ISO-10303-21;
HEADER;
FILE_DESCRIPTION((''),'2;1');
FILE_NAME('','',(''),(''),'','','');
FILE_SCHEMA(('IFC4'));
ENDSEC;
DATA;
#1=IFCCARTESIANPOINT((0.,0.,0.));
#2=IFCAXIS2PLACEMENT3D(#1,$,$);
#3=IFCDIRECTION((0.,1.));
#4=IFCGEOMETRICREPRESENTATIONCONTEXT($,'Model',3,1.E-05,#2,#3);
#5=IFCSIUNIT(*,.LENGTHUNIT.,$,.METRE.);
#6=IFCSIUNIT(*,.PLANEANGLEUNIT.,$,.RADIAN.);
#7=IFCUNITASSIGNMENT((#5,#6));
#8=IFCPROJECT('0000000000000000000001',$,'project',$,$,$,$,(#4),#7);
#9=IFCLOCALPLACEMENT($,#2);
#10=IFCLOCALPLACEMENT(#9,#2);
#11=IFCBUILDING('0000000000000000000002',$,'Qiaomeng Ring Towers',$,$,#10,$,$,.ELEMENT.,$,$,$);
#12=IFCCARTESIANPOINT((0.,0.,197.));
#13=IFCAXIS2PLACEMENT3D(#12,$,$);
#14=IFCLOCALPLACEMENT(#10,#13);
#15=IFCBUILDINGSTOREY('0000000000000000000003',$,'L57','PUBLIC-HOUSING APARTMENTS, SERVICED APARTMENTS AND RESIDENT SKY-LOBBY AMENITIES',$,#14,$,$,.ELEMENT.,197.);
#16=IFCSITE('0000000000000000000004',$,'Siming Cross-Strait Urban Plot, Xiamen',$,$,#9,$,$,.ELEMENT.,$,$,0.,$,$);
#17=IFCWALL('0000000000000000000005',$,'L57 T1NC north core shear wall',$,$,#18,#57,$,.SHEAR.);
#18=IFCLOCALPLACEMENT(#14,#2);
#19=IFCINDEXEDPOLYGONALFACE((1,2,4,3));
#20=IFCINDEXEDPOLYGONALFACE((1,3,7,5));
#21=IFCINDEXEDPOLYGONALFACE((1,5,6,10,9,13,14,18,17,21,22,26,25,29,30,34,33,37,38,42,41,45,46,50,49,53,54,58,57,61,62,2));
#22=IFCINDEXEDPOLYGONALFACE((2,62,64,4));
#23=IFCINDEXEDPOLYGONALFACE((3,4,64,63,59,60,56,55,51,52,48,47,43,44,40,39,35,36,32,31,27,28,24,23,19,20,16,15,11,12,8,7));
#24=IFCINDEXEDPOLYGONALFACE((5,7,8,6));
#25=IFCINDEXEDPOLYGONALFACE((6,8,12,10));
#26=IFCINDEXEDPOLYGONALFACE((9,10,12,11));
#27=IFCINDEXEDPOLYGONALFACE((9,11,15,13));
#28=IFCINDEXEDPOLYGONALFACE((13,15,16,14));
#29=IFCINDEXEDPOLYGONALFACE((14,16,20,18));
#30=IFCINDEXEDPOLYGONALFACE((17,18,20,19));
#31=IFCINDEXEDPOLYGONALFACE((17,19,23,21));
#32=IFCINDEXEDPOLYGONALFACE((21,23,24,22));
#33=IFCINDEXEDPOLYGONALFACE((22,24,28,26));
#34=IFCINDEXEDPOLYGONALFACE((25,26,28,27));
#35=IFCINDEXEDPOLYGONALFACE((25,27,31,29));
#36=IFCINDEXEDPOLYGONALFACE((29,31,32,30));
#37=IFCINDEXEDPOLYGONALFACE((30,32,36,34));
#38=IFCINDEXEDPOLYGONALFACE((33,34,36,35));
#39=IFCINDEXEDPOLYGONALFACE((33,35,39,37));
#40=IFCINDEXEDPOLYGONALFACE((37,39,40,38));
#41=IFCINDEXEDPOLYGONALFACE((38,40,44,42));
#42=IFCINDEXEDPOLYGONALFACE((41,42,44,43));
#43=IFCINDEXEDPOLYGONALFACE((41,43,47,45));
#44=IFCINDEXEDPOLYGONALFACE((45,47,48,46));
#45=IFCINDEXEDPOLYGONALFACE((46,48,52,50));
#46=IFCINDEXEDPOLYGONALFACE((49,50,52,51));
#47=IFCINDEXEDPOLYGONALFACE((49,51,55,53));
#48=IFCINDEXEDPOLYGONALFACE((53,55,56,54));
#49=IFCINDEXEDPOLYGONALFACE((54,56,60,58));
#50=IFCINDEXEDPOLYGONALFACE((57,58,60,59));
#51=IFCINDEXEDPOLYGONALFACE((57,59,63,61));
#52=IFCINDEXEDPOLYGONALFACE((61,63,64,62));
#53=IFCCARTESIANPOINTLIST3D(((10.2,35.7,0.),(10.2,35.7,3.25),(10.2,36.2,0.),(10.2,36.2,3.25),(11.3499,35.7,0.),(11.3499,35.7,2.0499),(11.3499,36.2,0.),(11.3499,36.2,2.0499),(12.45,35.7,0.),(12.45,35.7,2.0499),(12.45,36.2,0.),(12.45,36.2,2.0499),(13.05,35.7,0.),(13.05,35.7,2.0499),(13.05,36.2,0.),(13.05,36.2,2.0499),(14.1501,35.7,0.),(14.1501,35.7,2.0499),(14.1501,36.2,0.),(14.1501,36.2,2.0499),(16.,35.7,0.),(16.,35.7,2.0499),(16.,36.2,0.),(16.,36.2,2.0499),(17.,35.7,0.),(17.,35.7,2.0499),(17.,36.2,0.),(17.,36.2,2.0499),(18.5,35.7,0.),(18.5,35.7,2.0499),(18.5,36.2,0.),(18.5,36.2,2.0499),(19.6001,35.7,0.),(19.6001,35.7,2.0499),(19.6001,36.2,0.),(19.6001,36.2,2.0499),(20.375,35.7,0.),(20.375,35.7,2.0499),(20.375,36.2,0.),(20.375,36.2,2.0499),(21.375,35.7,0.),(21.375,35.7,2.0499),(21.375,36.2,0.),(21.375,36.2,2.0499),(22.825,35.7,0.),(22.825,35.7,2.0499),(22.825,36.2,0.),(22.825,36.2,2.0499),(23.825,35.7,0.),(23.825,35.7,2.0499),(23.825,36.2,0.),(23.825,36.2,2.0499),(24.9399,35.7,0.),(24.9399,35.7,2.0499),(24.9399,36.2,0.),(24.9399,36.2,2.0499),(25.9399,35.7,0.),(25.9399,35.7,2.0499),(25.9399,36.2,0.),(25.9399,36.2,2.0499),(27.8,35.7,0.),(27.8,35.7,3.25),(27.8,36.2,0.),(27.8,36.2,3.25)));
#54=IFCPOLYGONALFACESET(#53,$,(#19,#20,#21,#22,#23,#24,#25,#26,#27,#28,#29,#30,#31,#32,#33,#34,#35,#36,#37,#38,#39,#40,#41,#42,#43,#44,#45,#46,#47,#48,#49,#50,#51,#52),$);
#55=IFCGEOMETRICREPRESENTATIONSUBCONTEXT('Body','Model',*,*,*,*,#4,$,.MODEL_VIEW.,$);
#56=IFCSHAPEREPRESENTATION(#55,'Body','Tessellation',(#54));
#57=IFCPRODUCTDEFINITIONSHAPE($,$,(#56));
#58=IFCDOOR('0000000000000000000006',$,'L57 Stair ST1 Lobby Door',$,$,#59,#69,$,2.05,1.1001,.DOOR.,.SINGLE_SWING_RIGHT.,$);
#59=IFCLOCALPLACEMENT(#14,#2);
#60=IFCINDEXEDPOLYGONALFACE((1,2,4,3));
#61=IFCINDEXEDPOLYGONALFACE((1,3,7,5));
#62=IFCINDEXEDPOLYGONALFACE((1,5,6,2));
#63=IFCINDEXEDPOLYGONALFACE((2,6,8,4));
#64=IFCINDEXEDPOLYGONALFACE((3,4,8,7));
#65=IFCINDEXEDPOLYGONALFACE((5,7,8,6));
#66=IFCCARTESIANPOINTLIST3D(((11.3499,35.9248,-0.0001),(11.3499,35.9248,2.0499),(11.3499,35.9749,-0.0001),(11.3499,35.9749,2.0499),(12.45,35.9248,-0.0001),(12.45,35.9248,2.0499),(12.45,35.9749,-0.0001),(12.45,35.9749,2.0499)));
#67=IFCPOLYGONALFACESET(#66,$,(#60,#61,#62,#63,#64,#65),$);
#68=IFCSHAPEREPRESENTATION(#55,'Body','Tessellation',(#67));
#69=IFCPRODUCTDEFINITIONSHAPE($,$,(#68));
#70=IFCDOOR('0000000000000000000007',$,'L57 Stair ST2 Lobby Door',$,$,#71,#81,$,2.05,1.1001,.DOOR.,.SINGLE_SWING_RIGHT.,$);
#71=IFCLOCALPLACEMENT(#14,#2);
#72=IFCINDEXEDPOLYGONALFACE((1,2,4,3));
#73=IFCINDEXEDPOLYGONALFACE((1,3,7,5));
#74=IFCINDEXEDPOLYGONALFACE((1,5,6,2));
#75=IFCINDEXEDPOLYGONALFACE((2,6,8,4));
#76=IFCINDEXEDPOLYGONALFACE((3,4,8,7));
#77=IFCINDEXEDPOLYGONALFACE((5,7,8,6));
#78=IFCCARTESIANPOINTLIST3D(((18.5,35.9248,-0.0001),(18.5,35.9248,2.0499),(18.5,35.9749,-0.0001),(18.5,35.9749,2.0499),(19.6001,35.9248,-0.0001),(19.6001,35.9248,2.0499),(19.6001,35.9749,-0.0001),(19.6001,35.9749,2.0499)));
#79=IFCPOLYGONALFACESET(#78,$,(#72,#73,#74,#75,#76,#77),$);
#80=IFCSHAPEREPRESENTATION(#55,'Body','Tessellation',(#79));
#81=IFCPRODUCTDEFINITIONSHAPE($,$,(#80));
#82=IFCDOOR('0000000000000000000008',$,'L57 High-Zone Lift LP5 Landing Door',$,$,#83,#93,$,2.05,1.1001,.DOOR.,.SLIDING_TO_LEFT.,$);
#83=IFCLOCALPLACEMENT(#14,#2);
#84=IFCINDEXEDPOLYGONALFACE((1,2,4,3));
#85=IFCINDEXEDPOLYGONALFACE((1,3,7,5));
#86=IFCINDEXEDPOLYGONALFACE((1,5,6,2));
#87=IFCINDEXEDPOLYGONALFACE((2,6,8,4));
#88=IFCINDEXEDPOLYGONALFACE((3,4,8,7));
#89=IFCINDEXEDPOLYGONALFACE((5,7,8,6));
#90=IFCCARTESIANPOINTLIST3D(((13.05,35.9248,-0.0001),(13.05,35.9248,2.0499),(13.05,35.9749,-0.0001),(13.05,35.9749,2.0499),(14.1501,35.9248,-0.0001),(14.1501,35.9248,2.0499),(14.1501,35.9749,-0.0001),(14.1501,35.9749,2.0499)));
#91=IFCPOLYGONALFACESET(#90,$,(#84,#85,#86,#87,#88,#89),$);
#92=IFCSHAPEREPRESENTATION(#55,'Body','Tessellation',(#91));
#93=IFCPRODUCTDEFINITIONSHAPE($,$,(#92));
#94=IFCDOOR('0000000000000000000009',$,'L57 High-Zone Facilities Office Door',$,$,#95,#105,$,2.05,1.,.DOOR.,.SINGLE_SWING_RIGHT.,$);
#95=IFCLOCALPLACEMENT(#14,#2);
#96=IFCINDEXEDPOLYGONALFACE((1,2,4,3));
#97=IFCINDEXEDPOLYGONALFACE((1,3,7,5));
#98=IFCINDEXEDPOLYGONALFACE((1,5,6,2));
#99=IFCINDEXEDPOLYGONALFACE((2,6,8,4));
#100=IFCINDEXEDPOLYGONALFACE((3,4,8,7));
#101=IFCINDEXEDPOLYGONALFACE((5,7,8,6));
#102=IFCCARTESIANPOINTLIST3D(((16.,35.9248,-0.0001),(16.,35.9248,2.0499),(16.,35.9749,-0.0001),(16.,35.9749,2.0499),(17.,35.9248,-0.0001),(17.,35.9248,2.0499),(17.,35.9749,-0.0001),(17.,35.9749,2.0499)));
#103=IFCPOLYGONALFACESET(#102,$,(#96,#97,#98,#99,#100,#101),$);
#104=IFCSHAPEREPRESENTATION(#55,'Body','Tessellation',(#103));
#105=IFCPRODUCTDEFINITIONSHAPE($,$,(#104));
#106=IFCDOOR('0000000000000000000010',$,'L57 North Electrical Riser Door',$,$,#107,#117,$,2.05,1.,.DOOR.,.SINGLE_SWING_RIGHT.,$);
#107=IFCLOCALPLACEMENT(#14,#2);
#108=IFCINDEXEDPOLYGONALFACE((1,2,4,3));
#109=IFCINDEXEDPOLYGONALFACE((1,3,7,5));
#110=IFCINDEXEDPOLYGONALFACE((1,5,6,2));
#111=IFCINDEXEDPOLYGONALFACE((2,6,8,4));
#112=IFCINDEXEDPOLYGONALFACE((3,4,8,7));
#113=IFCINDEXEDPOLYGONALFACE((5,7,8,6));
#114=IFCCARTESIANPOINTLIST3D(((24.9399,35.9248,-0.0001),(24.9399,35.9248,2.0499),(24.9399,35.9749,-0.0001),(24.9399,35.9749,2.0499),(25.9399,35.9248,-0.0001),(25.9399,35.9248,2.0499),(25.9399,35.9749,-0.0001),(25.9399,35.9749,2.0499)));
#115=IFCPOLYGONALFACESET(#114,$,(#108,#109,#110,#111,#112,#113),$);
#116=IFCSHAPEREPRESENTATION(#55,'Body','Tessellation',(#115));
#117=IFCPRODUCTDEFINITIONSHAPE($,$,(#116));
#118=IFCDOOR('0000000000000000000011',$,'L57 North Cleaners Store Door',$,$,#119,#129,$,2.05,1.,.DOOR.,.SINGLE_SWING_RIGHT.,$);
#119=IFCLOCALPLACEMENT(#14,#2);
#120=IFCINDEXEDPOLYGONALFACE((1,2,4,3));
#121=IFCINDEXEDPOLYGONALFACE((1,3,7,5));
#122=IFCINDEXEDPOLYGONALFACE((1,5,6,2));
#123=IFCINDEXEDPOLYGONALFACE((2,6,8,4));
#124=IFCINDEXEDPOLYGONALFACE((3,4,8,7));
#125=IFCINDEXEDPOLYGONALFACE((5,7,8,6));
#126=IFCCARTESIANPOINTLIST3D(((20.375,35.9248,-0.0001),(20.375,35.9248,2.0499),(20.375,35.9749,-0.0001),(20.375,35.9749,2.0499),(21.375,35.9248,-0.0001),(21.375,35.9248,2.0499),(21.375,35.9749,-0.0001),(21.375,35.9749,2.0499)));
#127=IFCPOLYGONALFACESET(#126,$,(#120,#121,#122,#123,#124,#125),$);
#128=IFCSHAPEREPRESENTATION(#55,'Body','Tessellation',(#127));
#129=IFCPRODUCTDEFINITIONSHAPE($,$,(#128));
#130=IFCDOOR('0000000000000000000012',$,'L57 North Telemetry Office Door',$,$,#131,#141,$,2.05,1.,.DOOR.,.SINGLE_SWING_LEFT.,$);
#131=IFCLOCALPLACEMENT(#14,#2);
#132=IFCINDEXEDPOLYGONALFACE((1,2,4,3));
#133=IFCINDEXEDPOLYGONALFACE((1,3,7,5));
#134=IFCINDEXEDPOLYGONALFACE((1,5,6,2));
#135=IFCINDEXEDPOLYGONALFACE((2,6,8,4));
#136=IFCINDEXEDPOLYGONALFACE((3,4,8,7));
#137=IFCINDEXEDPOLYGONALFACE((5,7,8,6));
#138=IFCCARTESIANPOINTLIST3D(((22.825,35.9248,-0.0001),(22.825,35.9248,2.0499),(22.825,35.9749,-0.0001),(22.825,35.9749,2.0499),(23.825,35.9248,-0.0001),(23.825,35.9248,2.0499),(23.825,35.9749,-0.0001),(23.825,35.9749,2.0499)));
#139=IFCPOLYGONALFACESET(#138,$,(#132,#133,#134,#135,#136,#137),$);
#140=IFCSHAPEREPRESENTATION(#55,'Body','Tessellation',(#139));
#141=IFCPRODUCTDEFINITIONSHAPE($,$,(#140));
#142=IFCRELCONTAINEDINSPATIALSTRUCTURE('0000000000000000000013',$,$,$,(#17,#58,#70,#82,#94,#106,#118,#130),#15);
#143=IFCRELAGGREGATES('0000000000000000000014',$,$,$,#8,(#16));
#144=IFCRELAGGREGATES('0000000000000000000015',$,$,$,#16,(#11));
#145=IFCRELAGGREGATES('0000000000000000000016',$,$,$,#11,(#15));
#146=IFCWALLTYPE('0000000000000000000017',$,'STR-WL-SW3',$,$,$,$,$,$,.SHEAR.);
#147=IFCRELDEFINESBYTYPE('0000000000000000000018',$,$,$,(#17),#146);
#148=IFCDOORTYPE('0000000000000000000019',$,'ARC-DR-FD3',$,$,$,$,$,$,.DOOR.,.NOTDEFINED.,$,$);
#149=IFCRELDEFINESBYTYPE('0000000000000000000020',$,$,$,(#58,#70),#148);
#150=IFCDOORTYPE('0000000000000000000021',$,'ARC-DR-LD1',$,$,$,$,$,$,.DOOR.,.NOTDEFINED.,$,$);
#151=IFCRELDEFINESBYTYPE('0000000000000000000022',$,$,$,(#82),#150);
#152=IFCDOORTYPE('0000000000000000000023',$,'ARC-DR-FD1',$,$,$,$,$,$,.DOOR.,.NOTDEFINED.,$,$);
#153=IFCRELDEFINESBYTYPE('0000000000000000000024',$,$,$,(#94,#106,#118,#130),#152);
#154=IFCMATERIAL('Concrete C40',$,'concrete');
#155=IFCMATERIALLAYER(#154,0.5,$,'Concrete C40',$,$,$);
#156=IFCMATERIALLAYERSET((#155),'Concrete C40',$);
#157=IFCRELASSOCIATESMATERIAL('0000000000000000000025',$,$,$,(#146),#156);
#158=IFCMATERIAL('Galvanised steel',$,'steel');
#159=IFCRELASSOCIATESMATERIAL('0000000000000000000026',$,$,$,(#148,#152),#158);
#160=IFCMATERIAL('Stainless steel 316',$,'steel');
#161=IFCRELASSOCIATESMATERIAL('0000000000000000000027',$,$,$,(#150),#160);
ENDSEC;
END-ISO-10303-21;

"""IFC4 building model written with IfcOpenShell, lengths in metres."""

from ifc_helpers import new_model, si_unit, direction, frame, frame_2d, origin, place, context, subcontext, project, spatial, rectangle, extrude, source, transform, mapped, material, layer, layer_set, type_object, element, fill, save


model = new_model("IFC4")

# Units and contexts
model_context = context("Model", 3, precision=1e-05, world=origin(), true_north=direction((0.0, 1.0)))
body_context = subcontext(model_context, "Body", "Model", "MODEL_VIEW")
ifc_project = project(units=[si_unit("LENGTHUNIT", "METRE"), si_unit("PLANEANGLEUNIT", "RADIAN")], contexts=[model_context])

# Site, building, storey
site_placement = place(None, origin())
site = spatial("IfcSite", under=ifc_project, at=site_placement, Name="Siming Cross-Strait Urban Plot, Xiamen", CompositionType="ELEMENT", RefElevation=0.0)
building_placement = place(site_placement, origin())
building = spatial("IfcBuilding", under=site, at=building_placement, Name="Qiaomeng Ring Towers", CompositionType="ELEMENT")
storey_placement = place(building_placement, frame((0.0, 0.0, 197.0)))
storey = spatial("IfcBuildingStorey", under=building, at=storey_placement, Name="L57", Description="PUBLIC-HOUSING APARTMENTS, SERVICED APARTMENTS AND RESIDENT SKY-LOBBY AMENITIES", CompositionType="ELEMENT", Elevation=197.0)

# Shared definitions
ifc_material_1 = material(Name="Concrete C40", Category="concrete")

# Wall, openings, doors
ifc_layer_1 = layer(ifc_material_1, 0.5, Name="Concrete C40")
ifc_layer_set_1 = layer_set([ifc_layer_1], Name="Concrete C40")
wall_type_1 = type_object("IfcWallType", Name="STR-WL-SW3", PredefinedType="SHEAR", material=ifc_layer_set_1)
wall_1_placement = place(storey_placement, frame((10.2, 35.95, 0.0), z_axis=(0.0, 0.0, 1.0), x_axis=(1.0, 0.0, 0.0)))
wall_1 = element("IfcWall", 1, at=wall_1_placement, inside=storey, type_object=wall_type_1, Name="L57 T1NC north core shear wall", PredefinedType="SHEAR", context=body_context, shape_type="SweptSolid", body=[
    extrude(rectangle(XDim=17.6001, YDim=0.5, at=frame_2d((8.8, 0.0))), origin(), (0.0, 0.0, 1.0), 3.25),
])
opening_1_placement = place(wall_1_placement, frame((1.1499, 0.0, 0.0)))
opening_1 = element("IfcOpeningElement", 2, at=opening_1_placement, cuts=wall_1, PredefinedType="OPENING", context=body_context, shape_type="SweptSolid", body=[
    extrude(rectangle(XDim=1.1001, YDim=2.05, at=frame_2d((0.55, 1.0249))), frame((0.0, 0.26, 0.0), z_axis=(0.0, -1.0, 0.0), x_axis=(1.0, 0.0, 0.0)), (0.0, 0.0, 1.0), 0.52),
])
opening_2_placement = place(wall_1_placement, frame((8.3, 0.0, 0.0)))
opening_2 = element("IfcOpeningElement", 3, at=opening_2_placement, cuts=wall_1, PredefinedType="OPENING", context=body_context, shape_type="SweptSolid", body=[
    extrude(rectangle(XDim=1.1001, YDim=2.05, at=frame_2d((0.55, 1.0249))), frame((0.0, 0.26, 0.0), z_axis=(0.0, -1.0, 0.0), x_axis=(1.0, 0.0, 0.0)), (0.0, 0.0, 1.0), 0.52),
])
opening_3_placement = place(wall_1_placement, frame((2.8501, 0.0, 0.0)))
opening_3 = element("IfcOpeningElement", 4, at=opening_3_placement, cuts=wall_1, PredefinedType="OPENING", context=body_context, shape_type="SweptSolid", body=[
    extrude(rectangle(XDim=1.1001, YDim=2.05, at=frame_2d((0.55, 1.0249))), frame((0.0, 0.26, 0.0), z_axis=(0.0, -1.0, 0.0), x_axis=(1.0, 0.0, 0.0)), (0.0, 0.0, 1.0), 0.52),
])
opening_4_placement = place(wall_1_placement, frame((5.8, 0.0, 0.0)))
opening_4 = element("IfcOpeningElement", 5, at=opening_4_placement, cuts=wall_1, PredefinedType="OPENING", context=body_context, shape_type="SweptSolid", body=[
    extrude(rectangle(XDim=1.0, YDim=2.05, at=frame_2d((0.5, 1.0249))), frame((0.0, 0.26, 0.0), z_axis=(0.0, -1.0, 0.0), x_axis=(1.0, 0.0, 0.0)), (0.0, 0.0, 1.0), 0.52),
])
opening_5_placement = place(wall_1_placement, frame((14.74, 0.0, 0.0)))
opening_5 = element("IfcOpeningElement", 6, at=opening_5_placement, cuts=wall_1, PredefinedType="OPENING", context=body_context, shape_type="SweptSolid", body=[
    extrude(rectangle(XDim=1.0, YDim=2.05, at=frame_2d((0.5, 1.0249))), frame((0.0, 0.26, 0.0), z_axis=(0.0, -1.0, 0.0), x_axis=(1.0, 0.0, 0.0)), (0.0, 0.0, 1.0), 0.52),
])
opening_6_placement = place(wall_1_placement, frame((10.175, 0.0, 0.0)))
opening_6 = element("IfcOpeningElement", 7, at=opening_6_placement, cuts=wall_1, PredefinedType="OPENING", context=body_context, shape_type="SweptSolid", body=[
    extrude(rectangle(XDim=1.0, YDim=2.05, at=frame_2d((0.5, 1.0249))), frame((0.0, 0.26, 0.0), z_axis=(0.0, -1.0, 0.0), x_axis=(1.0, 0.0, 0.0)), (0.0, 0.0, 1.0), 0.52),
])
opening_7_placement = place(wall_1_placement, frame((12.625, 0.0, 0.0)))
opening_7 = element("IfcOpeningElement", 8, at=opening_7_placement, cuts=wall_1, PredefinedType="OPENING", context=body_context, shape_type="SweptSolid", body=[
    extrude(rectangle(XDim=1.0, YDim=2.05, at=frame_2d((0.5, 1.0249))), frame((0.0, 0.26, 0.0), z_axis=(0.0, -1.0, 0.0), x_axis=(1.0, 0.0, 0.0)), (0.0, 0.0, 1.0), 0.52),
])
ifc_material_2 = material(Name="Galvanised steel", Category="steel")
door_type_1 = type_object("IfcDoorType", Name="ARC-DR-FD3", OperationType="NOTDEFINED", PredefinedType="DOOR", material=ifc_material_2)
shared_shape_1 = source(origin(), body_context, "Body", "SweptSolid", [
    extrude(rectangle(XDim=1.1001, YDim=2.05, at=frame_2d((0.55, 1.0249))), frame((0.0, 0.0249, 0.0), z_axis=(0.0, -1.0, 0.0), x_axis=(1.0, 0.0, 0.0)), (0.0, 0.0, 1.0), 0.05),
])
door_1_placement = place(opening_1_placement, origin())
door_1 = element("IfcDoor", 9, at=door_1_placement, inside=storey, type_object=door_type_1, Name="L57 Stair ST1 Lobby Door", OperationType="SINGLE_SWING_RIGHT", OverallHeight=2.05, OverallWidth=1.1001, PredefinedType="DOOR", context=body_context, shape_type="MappedRepresentation", body=[
    mapped(shared_shape_1, transform((0.0, 0.0, 0.0), x_axis=(1.0, 0.0, 0.0), y_axis=(0.0, 1.0, 0.0), z_axis=(0.0, 0.0, 1.0), scale=1.0)),
])
fill(opening_1, door_1)
door_2_placement = place(opening_2_placement, origin())
door_2 = element("IfcDoor", 10, at=door_2_placement, inside=storey, type_object=door_type_1, Name="L57 Stair ST2 Lobby Door", OperationType="SINGLE_SWING_RIGHT", OverallHeight=2.05, OverallWidth=1.1001, PredefinedType="DOOR", context=body_context, shape_type="MappedRepresentation", body=[
    mapped(shared_shape_1, transform((0.0, 0.0, 0.0), x_axis=(1.0, 0.0, 0.0), y_axis=(0.0, 1.0, 0.0), z_axis=(0.0, 0.0, 1.0), scale=1.0)),
])
fill(opening_2, door_2)
ifc_material_3 = material(Name="Stainless steel 316", Category="steel")
door_type_2 = type_object("IfcDoorType", Name="ARC-DR-LD1", OperationType="NOTDEFINED", PredefinedType="DOOR", material=ifc_material_3)
door_3_placement = place(opening_3_placement, origin())
door_3 = element("IfcDoor", 11, at=door_3_placement, inside=storey, type_object=door_type_2, Name="L57 High-Zone Lift LP5 Landing Door", OperationType="SLIDING_TO_LEFT", OverallHeight=2.05, OverallWidth=1.1001, PredefinedType="DOOR", context=body_context, shape_type="MappedRepresentation", body=[
    mapped(shared_shape_1, transform((0.0, 0.0, 0.0), x_axis=(1.0, 0.0, 0.0), y_axis=(0.0, 1.0, 0.0), z_axis=(0.0, 0.0, 1.0), scale=1.0)),
])
fill(opening_3, door_3)
door_type_3 = type_object("IfcDoorType", Name="ARC-DR-FD1", OperationType="NOTDEFINED", PredefinedType="DOOR", material=ifc_material_2)
shared_shape_2 = source(origin(), body_context, "Body", "SweptSolid", [
    extrude(rectangle(XDim=1.0, YDim=2.05, at=frame_2d((0.5, 1.0249))), frame((0.0, 0.0249, 0.0), z_axis=(0.0, -1.0, 0.0), x_axis=(1.0, 0.0, 0.0)), (0.0, 0.0, 1.0), 0.05),
])
door_4_placement = place(opening_4_placement, origin())
door_4 = element("IfcDoor", 12, at=door_4_placement, inside=storey, type_object=door_type_3, Name="L57 High-Zone Facilities Office Door", OperationType="SINGLE_SWING_RIGHT", OverallHeight=2.05, OverallWidth=1.0, PredefinedType="DOOR", context=body_context, shape_type="MappedRepresentation", body=[
    mapped(shared_shape_2, transform((0.0, 0.0, 0.0), x_axis=(1.0, 0.0, 0.0), y_axis=(0.0, 1.0, 0.0), z_axis=(0.0, 0.0, 1.0), scale=1.0)),
])
fill(opening_4, door_4)
door_5_placement = place(opening_5_placement, origin())
door_5 = element("IfcDoor", 13, at=door_5_placement, inside=storey, type_object=door_type_3, Name="L57 North Electrical Riser Door", OperationType="SINGLE_SWING_RIGHT", OverallHeight=2.05, OverallWidth=1.0, PredefinedType="DOOR", context=body_context, shape_type="MappedRepresentation", body=[
    mapped(shared_shape_2, transform((0.0, 0.0, 0.0), x_axis=(1.0, 0.0, 0.0), y_axis=(0.0, 1.0, 0.0), z_axis=(0.0, 0.0, 1.0), scale=1.0)),
])
fill(opening_5, door_5)
door_6_placement = place(opening_6_placement, origin())
door_6 = element("IfcDoor", 14, at=door_6_placement, inside=storey, type_object=door_type_3, Name="L57 North Cleaners Store Door", OperationType="SINGLE_SWING_RIGHT", OverallHeight=2.05, OverallWidth=1.0, PredefinedType="DOOR", context=body_context, shape_type="MappedRepresentation", body=[
    mapped(shared_shape_2, transform((0.0, 0.0, 0.0), x_axis=(1.0, 0.0, 0.0), y_axis=(0.0, 1.0, 0.0), z_axis=(0.0, 0.0, 1.0), scale=1.0)),
])
fill(opening_6, door_6)
door_7_placement = place(opening_7_placement, origin())
door_7 = element("IfcDoor", 15, at=door_7_placement, inside=storey, type_object=door_type_3, Name="L57 North Telemetry Office Door", OperationType="SINGLE_SWING_LEFT", OverallHeight=2.05, OverallWidth=1.0, PredefinedType="DOOR", context=body_context, shape_type="MappedRepresentation", body=[
    mapped(shared_shape_2, transform((0.0, 0.0, 0.0), x_axis=(1.0, 0.0, 0.0), y_axis=(0.0, 1.0, 0.0), z_axis=(0.0, 0.0, 1.0), scale=1.0)),
])
fill(opening_7, door_7)

save(model, "model.ifc")
